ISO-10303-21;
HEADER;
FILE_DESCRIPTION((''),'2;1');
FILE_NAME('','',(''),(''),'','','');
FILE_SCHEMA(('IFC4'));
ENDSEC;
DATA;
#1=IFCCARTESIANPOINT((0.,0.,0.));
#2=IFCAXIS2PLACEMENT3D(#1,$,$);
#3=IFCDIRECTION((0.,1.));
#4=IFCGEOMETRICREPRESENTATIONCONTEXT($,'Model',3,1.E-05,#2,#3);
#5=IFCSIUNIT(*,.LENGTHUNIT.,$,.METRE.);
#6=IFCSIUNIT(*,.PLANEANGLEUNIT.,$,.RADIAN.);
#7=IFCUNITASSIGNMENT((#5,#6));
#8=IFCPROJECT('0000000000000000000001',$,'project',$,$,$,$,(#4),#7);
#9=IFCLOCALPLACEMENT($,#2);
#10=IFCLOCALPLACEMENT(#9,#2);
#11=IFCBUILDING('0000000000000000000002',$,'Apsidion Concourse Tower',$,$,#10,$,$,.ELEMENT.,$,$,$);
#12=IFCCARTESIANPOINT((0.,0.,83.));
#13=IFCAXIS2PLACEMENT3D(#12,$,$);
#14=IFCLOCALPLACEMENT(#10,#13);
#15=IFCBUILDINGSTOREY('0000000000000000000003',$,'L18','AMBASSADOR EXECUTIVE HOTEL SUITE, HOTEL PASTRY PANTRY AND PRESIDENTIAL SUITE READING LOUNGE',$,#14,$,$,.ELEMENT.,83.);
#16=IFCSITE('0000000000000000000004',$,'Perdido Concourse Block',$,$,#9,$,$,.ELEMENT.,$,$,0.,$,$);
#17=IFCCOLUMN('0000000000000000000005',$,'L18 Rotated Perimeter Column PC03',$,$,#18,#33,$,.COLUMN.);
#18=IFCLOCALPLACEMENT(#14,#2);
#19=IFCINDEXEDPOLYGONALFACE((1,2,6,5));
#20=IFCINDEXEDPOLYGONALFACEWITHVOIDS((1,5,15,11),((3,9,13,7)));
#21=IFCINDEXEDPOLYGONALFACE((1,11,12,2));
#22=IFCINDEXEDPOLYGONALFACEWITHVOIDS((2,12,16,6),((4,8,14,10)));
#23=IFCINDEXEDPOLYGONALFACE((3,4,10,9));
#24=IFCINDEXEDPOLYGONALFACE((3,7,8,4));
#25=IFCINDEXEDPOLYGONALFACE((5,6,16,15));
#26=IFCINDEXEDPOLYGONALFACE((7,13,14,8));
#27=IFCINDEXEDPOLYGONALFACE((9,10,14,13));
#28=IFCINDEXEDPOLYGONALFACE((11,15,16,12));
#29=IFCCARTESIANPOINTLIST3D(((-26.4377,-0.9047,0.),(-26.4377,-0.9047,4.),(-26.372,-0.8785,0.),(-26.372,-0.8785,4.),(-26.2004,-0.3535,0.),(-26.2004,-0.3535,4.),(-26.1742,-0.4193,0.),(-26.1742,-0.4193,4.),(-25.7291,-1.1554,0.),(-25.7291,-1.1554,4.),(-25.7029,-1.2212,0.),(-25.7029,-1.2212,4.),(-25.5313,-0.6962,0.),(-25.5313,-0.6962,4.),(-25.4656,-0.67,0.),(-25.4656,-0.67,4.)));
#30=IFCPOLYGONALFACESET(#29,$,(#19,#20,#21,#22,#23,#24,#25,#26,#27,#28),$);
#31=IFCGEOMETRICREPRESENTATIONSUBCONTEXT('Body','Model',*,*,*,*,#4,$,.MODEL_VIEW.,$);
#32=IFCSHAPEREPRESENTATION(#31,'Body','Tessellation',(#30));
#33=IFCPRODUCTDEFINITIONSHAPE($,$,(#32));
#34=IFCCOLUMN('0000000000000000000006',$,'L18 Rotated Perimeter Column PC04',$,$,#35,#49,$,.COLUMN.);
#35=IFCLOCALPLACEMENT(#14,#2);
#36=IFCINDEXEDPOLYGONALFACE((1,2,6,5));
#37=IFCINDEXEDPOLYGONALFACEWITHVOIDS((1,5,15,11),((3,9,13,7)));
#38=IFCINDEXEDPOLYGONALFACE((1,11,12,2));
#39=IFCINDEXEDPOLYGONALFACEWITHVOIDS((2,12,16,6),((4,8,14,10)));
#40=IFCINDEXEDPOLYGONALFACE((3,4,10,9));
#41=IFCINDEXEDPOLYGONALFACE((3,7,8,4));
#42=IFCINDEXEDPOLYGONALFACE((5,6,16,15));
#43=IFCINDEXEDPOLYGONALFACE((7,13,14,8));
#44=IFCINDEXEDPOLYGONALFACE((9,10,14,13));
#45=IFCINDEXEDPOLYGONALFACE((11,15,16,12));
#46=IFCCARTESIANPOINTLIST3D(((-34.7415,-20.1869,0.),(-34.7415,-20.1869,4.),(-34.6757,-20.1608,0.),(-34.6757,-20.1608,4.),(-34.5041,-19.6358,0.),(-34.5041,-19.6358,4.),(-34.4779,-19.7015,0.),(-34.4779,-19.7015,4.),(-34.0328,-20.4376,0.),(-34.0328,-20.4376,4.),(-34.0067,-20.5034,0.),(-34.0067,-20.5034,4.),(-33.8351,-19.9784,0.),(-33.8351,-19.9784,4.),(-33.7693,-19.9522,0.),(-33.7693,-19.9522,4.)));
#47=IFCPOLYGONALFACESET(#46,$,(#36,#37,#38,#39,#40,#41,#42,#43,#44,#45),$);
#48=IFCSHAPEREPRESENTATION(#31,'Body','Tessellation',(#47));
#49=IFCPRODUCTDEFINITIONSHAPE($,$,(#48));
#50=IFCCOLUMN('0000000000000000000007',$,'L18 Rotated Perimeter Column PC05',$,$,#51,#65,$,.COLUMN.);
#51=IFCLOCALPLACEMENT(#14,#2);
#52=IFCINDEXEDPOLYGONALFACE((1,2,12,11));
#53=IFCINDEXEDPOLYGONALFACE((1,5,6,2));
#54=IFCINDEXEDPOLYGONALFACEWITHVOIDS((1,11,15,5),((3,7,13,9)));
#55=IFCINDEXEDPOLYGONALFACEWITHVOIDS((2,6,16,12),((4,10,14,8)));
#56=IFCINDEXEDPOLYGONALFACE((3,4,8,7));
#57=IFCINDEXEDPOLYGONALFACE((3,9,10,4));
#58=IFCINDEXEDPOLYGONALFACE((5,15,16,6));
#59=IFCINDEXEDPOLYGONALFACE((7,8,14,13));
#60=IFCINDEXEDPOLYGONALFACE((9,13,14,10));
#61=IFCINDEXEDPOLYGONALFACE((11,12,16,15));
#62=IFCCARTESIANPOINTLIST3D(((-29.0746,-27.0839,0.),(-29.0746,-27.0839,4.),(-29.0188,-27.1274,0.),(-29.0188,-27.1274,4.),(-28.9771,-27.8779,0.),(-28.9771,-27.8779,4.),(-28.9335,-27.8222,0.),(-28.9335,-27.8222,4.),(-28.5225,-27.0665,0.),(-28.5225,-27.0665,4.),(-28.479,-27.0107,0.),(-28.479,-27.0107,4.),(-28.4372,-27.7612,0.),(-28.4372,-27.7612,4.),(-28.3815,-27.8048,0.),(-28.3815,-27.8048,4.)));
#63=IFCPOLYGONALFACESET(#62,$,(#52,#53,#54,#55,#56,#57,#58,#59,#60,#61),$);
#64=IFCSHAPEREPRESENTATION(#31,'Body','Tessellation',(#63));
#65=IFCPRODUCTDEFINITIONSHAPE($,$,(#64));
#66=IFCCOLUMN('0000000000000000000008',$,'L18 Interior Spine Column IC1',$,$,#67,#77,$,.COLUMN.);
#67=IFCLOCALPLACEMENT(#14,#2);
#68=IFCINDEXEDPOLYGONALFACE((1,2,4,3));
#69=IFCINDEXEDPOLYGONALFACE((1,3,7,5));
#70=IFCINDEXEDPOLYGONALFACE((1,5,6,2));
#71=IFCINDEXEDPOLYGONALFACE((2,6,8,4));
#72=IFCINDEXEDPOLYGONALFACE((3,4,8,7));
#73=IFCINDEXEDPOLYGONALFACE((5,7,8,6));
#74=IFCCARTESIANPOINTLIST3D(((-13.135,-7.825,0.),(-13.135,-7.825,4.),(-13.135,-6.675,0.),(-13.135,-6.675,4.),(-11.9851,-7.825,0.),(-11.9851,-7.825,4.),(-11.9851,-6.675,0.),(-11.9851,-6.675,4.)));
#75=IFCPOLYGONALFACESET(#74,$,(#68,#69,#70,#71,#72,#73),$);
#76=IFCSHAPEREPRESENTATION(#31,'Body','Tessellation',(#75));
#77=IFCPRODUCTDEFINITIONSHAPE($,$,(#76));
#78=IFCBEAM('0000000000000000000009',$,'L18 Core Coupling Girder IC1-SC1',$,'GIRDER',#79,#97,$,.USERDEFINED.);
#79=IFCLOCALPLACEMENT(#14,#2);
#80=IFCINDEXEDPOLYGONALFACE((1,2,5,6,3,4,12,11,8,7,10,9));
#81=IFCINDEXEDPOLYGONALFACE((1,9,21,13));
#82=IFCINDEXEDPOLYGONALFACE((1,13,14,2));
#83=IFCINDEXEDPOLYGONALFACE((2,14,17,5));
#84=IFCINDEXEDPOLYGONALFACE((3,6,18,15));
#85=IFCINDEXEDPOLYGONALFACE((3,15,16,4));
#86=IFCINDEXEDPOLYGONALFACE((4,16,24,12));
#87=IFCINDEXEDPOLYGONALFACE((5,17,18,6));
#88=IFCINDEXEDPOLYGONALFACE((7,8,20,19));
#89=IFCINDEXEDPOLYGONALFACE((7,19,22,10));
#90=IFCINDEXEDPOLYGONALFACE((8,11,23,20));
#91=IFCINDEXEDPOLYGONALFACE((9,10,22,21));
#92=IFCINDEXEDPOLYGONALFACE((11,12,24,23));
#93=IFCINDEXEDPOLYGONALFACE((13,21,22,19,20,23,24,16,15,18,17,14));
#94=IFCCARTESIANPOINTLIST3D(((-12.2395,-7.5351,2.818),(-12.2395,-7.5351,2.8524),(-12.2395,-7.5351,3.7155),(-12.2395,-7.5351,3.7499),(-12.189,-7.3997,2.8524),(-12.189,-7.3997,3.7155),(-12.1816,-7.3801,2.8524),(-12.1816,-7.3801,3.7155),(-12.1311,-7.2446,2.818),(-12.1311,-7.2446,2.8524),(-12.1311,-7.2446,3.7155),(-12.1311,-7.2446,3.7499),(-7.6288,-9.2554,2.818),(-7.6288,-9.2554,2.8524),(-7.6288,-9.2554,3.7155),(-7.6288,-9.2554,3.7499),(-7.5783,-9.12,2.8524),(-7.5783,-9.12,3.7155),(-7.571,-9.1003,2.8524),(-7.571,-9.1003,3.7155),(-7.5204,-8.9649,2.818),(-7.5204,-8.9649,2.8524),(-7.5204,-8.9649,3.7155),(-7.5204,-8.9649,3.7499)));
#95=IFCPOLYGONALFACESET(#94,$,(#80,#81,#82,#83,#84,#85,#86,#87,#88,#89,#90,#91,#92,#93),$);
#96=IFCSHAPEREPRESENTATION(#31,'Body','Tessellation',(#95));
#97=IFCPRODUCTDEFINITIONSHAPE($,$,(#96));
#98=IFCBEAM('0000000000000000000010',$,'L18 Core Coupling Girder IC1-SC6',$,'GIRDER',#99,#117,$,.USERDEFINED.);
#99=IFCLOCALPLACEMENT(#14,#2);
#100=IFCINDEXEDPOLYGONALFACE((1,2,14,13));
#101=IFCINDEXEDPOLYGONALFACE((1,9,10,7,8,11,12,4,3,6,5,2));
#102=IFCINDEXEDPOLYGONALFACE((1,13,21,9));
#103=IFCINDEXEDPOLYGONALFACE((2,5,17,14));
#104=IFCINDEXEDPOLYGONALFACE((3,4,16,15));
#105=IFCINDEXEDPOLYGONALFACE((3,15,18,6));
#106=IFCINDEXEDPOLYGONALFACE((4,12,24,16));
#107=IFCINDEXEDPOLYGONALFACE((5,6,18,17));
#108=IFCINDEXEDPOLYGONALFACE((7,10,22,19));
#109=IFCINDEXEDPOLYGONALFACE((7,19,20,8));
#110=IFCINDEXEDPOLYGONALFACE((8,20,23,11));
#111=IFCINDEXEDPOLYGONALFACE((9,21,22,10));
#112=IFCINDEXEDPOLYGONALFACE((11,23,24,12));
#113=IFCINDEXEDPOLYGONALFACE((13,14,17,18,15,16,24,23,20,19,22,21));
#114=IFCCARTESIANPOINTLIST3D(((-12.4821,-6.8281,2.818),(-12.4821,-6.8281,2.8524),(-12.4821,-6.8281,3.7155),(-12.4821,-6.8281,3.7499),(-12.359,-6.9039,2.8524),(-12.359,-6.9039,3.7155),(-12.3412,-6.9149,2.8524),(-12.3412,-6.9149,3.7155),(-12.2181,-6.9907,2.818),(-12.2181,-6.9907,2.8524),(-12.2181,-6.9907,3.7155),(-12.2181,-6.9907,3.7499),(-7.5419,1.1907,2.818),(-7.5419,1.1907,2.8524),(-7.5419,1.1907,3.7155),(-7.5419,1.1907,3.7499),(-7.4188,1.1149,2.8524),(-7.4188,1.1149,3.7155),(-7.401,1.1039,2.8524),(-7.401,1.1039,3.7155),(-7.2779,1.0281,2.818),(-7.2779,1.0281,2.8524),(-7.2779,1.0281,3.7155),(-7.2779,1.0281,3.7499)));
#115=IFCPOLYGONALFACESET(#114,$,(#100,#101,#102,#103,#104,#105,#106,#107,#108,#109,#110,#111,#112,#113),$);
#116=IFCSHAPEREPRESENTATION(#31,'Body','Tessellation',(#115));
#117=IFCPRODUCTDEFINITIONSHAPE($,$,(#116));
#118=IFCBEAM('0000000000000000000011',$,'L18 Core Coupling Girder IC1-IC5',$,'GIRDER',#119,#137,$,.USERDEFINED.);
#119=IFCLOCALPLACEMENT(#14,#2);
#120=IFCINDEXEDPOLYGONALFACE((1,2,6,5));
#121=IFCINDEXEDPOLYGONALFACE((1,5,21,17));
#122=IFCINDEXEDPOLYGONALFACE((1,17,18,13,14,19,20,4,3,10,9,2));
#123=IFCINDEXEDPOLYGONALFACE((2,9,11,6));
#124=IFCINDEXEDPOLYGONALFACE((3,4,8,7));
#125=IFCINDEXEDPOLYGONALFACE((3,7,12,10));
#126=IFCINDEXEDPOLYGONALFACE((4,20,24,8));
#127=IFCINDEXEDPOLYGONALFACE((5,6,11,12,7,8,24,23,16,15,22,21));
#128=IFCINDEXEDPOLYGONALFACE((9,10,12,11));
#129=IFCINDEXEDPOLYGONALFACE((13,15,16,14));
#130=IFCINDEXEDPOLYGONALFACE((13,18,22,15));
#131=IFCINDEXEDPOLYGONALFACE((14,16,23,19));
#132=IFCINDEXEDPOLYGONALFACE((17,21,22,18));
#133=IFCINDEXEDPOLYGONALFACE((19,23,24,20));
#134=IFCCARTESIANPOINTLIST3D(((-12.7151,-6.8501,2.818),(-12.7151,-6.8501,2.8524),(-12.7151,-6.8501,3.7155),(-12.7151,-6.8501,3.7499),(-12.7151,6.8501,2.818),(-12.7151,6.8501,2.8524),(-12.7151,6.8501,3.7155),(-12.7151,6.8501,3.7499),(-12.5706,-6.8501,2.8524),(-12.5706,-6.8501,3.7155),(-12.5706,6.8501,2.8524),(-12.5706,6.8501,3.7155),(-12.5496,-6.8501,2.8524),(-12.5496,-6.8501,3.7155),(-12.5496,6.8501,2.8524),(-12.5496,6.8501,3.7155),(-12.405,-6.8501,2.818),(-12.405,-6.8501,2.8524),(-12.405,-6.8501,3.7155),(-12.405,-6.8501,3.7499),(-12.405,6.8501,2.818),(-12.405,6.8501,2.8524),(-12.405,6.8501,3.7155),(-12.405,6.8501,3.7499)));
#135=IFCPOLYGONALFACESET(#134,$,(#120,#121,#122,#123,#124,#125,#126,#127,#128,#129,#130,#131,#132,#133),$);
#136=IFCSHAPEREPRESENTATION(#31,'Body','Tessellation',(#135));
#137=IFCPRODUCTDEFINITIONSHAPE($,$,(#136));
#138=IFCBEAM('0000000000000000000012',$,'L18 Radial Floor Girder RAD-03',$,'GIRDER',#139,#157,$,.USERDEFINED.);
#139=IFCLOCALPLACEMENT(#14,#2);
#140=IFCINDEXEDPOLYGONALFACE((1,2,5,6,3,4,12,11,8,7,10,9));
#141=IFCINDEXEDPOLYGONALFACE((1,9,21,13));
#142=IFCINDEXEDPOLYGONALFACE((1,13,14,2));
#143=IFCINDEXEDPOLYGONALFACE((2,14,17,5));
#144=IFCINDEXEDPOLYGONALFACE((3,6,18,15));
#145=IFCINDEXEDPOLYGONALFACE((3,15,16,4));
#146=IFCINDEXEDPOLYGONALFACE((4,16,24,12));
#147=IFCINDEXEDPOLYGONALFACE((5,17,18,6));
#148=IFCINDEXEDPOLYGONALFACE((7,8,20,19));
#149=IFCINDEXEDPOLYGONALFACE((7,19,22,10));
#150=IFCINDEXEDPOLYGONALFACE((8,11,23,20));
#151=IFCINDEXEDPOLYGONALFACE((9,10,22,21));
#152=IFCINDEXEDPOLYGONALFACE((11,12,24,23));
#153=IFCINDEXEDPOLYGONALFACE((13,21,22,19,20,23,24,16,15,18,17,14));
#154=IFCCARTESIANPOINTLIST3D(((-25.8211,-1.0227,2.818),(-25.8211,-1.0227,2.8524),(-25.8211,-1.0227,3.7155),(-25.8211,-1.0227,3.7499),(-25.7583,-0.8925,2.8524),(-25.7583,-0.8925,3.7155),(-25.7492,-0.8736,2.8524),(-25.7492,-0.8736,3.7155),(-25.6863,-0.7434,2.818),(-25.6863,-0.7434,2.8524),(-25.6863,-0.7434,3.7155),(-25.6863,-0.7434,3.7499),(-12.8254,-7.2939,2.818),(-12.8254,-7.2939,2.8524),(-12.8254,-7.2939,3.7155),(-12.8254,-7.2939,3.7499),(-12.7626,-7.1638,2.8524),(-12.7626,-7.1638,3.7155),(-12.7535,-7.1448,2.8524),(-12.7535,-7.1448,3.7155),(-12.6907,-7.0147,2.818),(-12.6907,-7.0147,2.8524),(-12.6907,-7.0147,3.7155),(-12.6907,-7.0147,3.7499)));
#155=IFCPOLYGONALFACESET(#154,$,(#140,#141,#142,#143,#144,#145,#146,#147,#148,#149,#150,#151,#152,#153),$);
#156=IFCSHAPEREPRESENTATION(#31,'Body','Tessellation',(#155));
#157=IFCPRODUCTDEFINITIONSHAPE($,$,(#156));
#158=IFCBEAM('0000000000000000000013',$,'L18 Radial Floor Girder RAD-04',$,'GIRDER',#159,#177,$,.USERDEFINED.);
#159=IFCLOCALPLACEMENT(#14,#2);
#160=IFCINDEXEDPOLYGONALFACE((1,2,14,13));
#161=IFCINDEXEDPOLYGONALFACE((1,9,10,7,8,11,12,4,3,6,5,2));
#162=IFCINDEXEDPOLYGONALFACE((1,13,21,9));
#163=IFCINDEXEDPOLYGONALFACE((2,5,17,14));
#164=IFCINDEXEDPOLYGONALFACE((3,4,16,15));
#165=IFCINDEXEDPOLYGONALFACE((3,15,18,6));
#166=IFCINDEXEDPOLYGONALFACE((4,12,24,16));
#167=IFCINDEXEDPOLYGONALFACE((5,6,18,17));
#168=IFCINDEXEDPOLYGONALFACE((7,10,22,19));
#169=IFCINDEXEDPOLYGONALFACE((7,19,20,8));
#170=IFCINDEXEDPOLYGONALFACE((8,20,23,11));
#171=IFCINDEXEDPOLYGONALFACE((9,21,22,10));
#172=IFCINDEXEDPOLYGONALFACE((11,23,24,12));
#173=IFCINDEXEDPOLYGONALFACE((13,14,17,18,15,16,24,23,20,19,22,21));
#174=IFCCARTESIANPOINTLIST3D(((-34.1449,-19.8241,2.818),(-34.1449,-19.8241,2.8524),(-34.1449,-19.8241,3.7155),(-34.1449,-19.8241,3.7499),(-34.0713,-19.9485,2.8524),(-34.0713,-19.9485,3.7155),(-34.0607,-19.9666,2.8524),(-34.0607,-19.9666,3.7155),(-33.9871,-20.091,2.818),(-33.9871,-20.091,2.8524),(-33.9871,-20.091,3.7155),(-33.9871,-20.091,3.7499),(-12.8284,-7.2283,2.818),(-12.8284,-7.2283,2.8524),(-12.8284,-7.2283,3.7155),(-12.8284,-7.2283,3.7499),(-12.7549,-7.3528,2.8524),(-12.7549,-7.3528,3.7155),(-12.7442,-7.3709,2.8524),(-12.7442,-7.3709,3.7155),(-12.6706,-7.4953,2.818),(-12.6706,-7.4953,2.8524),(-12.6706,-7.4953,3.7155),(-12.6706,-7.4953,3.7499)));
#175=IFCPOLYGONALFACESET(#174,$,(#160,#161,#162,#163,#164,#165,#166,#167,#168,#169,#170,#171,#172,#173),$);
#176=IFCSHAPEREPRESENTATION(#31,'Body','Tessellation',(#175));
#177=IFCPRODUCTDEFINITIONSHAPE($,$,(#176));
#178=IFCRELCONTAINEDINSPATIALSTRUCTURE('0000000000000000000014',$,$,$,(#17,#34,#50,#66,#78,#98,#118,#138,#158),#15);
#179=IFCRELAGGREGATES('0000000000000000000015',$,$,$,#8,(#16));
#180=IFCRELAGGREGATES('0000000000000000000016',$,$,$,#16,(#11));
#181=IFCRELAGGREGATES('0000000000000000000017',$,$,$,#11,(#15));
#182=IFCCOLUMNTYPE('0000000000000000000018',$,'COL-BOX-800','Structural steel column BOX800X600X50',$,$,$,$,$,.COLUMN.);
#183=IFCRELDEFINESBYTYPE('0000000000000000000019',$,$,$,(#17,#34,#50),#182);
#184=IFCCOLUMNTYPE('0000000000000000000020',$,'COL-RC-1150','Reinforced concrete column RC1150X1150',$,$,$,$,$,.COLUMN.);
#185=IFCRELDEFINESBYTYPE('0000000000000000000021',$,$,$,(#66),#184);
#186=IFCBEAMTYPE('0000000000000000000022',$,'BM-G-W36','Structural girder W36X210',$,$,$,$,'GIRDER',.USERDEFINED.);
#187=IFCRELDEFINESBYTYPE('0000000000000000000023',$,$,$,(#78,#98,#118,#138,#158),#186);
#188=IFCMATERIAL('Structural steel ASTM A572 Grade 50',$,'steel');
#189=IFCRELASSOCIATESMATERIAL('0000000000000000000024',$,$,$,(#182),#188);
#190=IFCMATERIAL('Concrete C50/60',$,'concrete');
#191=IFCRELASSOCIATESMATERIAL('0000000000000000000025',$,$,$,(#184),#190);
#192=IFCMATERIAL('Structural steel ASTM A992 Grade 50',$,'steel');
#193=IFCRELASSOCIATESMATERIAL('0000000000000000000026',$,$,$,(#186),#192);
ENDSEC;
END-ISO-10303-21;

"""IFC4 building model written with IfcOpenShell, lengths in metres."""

from ifc_helpers import new_model, si_unit, direction, frame, origin, origin_2d, place, context, subcontext, project, spatial, rectangle, hollow_rectangle, i_section, extrude, material, material_profile, profile_set, type_object, element, save


model = new_model("IFC4")

# Units and contexts
model_context = context("Model", 3, precision=1e-05, world=origin(), true_north=direction((0.0, 1.0)))
body_context = subcontext(model_context, "Body", "Model", "MODEL_VIEW")
ifc_project = project(units=[si_unit("LENGTHUNIT", "METRE"), si_unit("PLANEANGLEUNIT", "RADIAN")], contexts=[model_context])

# Site, building, storey
site_placement = place(None, origin())
site = spatial("IfcSite", under=ifc_project, at=site_placement, Name="Perdido Concourse Block", CompositionType="ELEMENT", RefElevation=0.0)
building_placement = place(site_placement, origin())
building = spatial("IfcBuilding", under=site, at=building_placement, Name="Apsidion Concourse Tower", CompositionType="ELEMENT")
storey_placement = place(building_placement, frame((0.0, 0.0, 83.0)))
storey = spatial("IfcBuildingStorey", under=building, at=storey_placement, Name="L18", Description="AMBASSADOR EXECUTIVE HOTEL SUITE, HOTEL PASTRY PANTRY AND PRESIDENTIAL SUITE READING LOUNGE", CompositionType="ELEMENT", Elevation=83.0)

# Columns
ifc_material_1 = material(Name="Structural steel ASTM A572 Grade 50", Category="steel")
ifc_material_profile_1 = material_profile(ifc_material_1, hollow_rectangle(XDim=0.6001, YDim=0.8, WallThickness=0.05, at=origin_2d()), Name="BOX800X600X50")
ifc_profile_set_1 = profile_set([ifc_material_profile_1], Name="Structural steel ASTM A572 Grade 50")
column_type_1 = type_object("IfcColumnType", Name="COL-BOX-800", Description="Structural steel column BOX800X600X50", PredefinedType="COLUMN", material=ifc_profile_set_1)
for number, where, z_axis, x_axis, name in (
    (1, (-25.9517, -0.7874, 0.0), (0.0, 0.0, 1.0), (0.395546, 0.918446, 0.0), "L18 Rotated Perimeter Column PC03"),
    (2, (-34.2554, -20.0696, 0.0), (0.0, 0.0, 1.0), (0.395546, 0.918446, 0.0), "L18 Rotated Perimeter Column PC04"),
    (3, (-28.728, -27.4443, 0.0), (0.0, 0.0, 1.0), (0.992546, 0.121869, 0.0), "L18 Rotated Perimeter Column PC05"),
):
    element("IfcColumn", number, at=place(storey_placement, frame(where, z_axis=z_axis, x_axis=x_axis)), inside=storey, type_object=column_type_1, Name=name, PredefinedType="COLUMN", context=body_context, shape_type="SweptSolid", body=[
        extrude(hollow_rectangle(XDim=0.6001, YDim=0.8, WallThickness=0.05, at=origin_2d()), origin(), (0.0, 0.0, 1.0), 4.0),
    ])
ifc_material_2 = material(Name="Concrete C50/60", Category="concrete")
ifc_material_profile_2 = material_profile(ifc_material_2, rectangle(XDim=1.1499, YDim=1.1499, at=origin_2d()), Name="RC 1150x1150")
ifc_profile_set_2 = profile_set([ifc_material_profile_2], Name="Concrete C50/60")
column_type_2 = type_object("IfcColumnType", Name="COL-RC-1150", Description="Reinforced concrete column RC1150X1150", PredefinedType="COLUMN", material=ifc_profile_set_2)
column_placement = place(storey_placement, frame((-12.5601, -7.25, 0.0), z_axis=(0.0, 0.0, 1.0), x_axis=(1.0, 0.0, 0.0)))
element("IfcColumn", 4, at=column_placement, inside=storey, type_object=column_type_2, Name="L18 Interior Spine Column IC1", PredefinedType="COLUMN", context=body_context, shape_type="SweptSolid", body=[
    extrude(rectangle(XDim=1.1499, YDim=1.1499, at=origin_2d()), origin(), (0.0, 0.0, 1.0), 4.0),
])

# Beams
ifc_material_3 = material(Name="Structural steel ASTM A992 Grade 50", Category="steel")
ifc_material_profile_3 = material_profile(ifc_material_3, i_section(OverallWidth=0.3101, OverallDepth=0.9319, WebThickness=0.021, FlangeThickness=0.0344, at=origin_2d()), Name="W36X210")
ifc_profile_set_3 = profile_set([ifc_material_profile_3], Name="Structural steel ASTM A992 Grade 50")
beam_type_1 = type_object("IfcBeamType", Name="BM-G-W36", Description="Structural girder W36X210", ElementType="GIRDER", PredefinedType="USERDEFINED", material=ifc_profile_set_3)
beam_1_placement = place(storey_placement, frame((-12.1853, -7.3899, 3.2839), z_axis=(0.936913, -0.349563, 0.0), x_axis=(0.349563, 0.936913, 0.0)))
element("IfcBeam", 5, at=beam_1_placement, inside=storey, type_object=beam_type_1, Name="L18 Core Coupling Girder IC1-SC1", ObjectType="GIRDER", PredefinedType="USERDEFINED", context=body_context, shape_type="SweptSolid", body=[
    extrude(i_section(OverallWidth=0.3101, OverallDepth=0.9319, WebThickness=0.021, FlangeThickness=0.0344, at=origin_2d()), origin(), (0.0, 0.0, 1.0), 4.9211),
])
beam_2_placement = place(storey_placement, frame((-12.3501, -6.9094, 3.2839), z_axis=(0.524524, 0.851396, 0.0), x_axis=(-0.851396, 0.524524, 0.0)))
element("IfcBeam", 6, at=beam_2_placement, inside=storey, type_object=beam_type_1, Name="L18 Core Coupling Girder IC1-SC6", ObjectType="GIRDER", PredefinedType="USERDEFINED", context=body_context, shape_type="SweptSolid", body=[
    extrude(i_section(OverallWidth=0.3101, OverallDepth=0.9319, WebThickness=0.021, FlangeThickness=0.0344, at=origin_2d()), origin(), (0.0, 0.0, 1.0), 9.4185),
])
beam_3_placement = place(storey_placement, frame((-12.5601, -6.8501, 3.2839), z_axis=(0.0, 1.0, 0.0), x_axis=(-1.0, 0.0, 0.0)))
element("IfcBeam", 7, at=beam_3_placement, inside=storey, type_object=beam_type_1, Name="L18 Core Coupling Girder IC1-IC5", ObjectType="GIRDER", PredefinedType="USERDEFINED", context=body_context, shape_type="SweptSolid", body=[
    extrude(i_section(OverallWidth=0.3101, OverallDepth=0.9319, WebThickness=0.021, FlangeThickness=0.0344, at=origin_2d()), origin(), (0.0, 0.0, 1.0), 13.7002),
])
beam_4_placement = place(storey_placement, frame((-12.7581, -7.1543, 3.2839), z_axis=(-0.900619, 0.434609, 0.0), x_axis=(-0.434609, -0.900619, 0.0)))
element("IfcBeam", 8, at=beam_4_placement, inside=storey, type_object=beam_type_1, Name="L18 Radial Floor Girder RAD-03", ObjectType="GIRDER", PredefinedType="USERDEFINED", context=body_context, shape_type="SweptSolid", body=[
    extrude(i_section(OverallWidth=0.3101, OverallDepth=0.9319, WebThickness=0.021, FlangeThickness=0.0344, at=origin_2d()), origin(), (0.0, 0.0, 1.0), 14.4297),
])
beam_5_placement = place(storey_placement, frame((-12.7495, -7.3618, 3.2839), z_axis=(-0.860933, -0.508719, 0.0), x_axis=(0.508719, -0.860933, 0.0)))
element("IfcBeam", 9, at=beam_5_placement, inside=storey, type_object=beam_type_1, Name="L18 Radial Floor Girder RAD-04", ObjectType="GIRDER", PredefinedType="USERDEFINED", context=body_context, shape_type="SweptSolid", body=[
    extrude(i_section(OverallWidth=0.3101, OverallDepth=0.9319, WebThickness=0.021, FlangeThickness=0.0344, at=origin_2d()), origin(), (0.0, 0.0, 1.0), 24.7598),
])

save(model, "model.ifc")
